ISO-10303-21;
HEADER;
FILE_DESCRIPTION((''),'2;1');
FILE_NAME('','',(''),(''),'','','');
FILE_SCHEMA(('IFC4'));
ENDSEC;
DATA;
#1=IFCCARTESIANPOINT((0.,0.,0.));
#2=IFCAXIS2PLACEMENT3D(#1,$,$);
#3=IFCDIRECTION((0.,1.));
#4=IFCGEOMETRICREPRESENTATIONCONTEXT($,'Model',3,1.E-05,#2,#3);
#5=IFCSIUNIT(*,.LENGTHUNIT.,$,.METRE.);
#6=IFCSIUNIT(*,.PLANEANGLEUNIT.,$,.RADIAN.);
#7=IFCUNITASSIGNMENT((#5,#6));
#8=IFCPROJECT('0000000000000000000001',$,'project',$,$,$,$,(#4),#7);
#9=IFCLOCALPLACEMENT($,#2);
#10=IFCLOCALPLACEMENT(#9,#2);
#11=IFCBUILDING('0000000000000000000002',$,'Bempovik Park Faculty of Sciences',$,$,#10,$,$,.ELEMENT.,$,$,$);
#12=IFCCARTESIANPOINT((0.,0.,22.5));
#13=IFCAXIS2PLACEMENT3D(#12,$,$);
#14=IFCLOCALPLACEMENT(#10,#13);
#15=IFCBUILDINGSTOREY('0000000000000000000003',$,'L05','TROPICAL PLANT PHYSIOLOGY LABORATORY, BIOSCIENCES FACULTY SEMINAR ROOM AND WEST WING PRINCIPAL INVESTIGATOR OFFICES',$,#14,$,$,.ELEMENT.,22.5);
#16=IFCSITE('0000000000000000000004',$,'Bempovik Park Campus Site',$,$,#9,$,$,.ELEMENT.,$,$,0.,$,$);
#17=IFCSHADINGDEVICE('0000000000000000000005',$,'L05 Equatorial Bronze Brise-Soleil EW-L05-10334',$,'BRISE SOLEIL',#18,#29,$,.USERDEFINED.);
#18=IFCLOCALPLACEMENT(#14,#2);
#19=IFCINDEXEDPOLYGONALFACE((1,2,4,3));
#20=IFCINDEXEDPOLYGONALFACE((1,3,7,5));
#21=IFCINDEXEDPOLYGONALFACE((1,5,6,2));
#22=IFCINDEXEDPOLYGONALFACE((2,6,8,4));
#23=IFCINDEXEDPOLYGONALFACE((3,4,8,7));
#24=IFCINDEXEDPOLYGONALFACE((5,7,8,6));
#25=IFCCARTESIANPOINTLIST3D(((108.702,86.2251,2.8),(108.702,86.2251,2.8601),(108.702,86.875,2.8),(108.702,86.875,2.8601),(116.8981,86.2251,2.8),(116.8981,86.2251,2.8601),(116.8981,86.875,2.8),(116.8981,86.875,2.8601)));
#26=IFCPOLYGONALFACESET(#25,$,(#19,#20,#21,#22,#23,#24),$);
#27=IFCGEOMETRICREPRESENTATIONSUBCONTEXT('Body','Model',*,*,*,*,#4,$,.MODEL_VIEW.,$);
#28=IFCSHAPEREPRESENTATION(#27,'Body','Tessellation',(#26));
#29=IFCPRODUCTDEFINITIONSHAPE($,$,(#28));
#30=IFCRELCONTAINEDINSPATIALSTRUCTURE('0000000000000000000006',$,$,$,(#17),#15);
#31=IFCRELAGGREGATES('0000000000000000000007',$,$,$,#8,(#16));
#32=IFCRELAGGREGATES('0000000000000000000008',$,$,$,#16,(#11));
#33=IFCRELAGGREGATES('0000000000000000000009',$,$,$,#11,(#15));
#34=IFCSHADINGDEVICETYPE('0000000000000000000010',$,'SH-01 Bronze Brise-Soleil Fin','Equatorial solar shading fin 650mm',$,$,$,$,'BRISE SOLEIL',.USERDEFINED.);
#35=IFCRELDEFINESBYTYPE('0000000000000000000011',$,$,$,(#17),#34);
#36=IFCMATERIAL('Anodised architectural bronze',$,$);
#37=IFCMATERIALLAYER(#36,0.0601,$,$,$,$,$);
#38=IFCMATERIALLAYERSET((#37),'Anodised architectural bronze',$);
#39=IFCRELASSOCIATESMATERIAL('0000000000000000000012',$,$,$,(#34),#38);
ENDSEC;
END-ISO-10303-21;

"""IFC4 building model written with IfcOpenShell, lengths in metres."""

from ifc_helpers import new_model, si_unit, direction, frame, origin, origin_2d, place, context, subcontext, project, spatial, rectangle, extrude, material, layer, layer_set, type_object, element, save


model = new_model("IFC4")

# Units and contexts
model_context = context("Model", 3, precision=1e-05, world=origin(), true_north=direction((0.0, 1.0)))
body_context = subcontext(model_context, "Body", "Model", "MODEL_VIEW")
ifc_project = project(units=[si_unit("LENGTHUNIT", "METRE"), si_unit("PLANEANGLEUNIT", "RADIAN")], contexts=[model_context])

# Site, building, storey
site_placement = place(None, origin())
site = spatial("IfcSite", under=ifc_project, at=site_placement, Name="Bempovik Park Campus Site", CompositionType="ELEMENT", RefElevation=0.0)
building_placement = place(site_placement, origin())
building = spatial("IfcBuilding", under=site, at=building_placement, Name="Bempovik Park Faculty of Sciences", CompositionType="ELEMENT")
storey_placement = place(building_placement, frame((0.0, 0.0, 22.5)))
storey = spatial("IfcBuildingStorey", under=building, at=storey_placement, Name="L05", Description="TROPICAL PLANT PHYSIOLOGY LABORATORY, BIOSCIENCES FACULTY SEMINAR ROOM AND WEST WING PRINCIPAL INVESTIGATOR OFFICES", CompositionType="ELEMENT", Elevation=22.5)

# Shading device
ifc_material_1 = material(Name="Anodised architectural bronze")
ifc_layer_1 = layer(ifc_material_1, 0.0601)
ifc_layer_set_1 = layer_set([ifc_layer_1], Name="Anodised architectural bronze")
shading_device_type = type_object("IfcShadingDeviceType", Name="SH-01 Bronze Brise-Soleil Fin", Description="Equatorial solar shading fin 650mm", ElementType="BRISE SOLEIL", PredefinedType="USERDEFINED", material=ifc_layer_set_1)
for number, where, z_axis, x_axis, name in (
    (1, (112.8, 86.55, 2.8), (0.0, 0.0, 1.0), (1.0, 0.0, 0.0), "L05 Equatorial Bronze Brise-Soleil EW-L05-10334"),
):
    element("IfcShadingDevice", number, at=place(storey_placement, frame(where, z_axis=z_axis, x_axis=x_axis)), inside=storey, type_object=shading_device_type, Name=name, ObjectType="BRISE SOLEIL", PredefinedType="USERDEFINED", context=body_context, shape_type="SweptSolid", body=[
        extrude(rectangle(XDim=8.196, YDim=0.6499, at=origin_2d()), origin(), (0.0, 0.0, 1.0), 0.0601),
    ])

save(model, "model.ifc")
